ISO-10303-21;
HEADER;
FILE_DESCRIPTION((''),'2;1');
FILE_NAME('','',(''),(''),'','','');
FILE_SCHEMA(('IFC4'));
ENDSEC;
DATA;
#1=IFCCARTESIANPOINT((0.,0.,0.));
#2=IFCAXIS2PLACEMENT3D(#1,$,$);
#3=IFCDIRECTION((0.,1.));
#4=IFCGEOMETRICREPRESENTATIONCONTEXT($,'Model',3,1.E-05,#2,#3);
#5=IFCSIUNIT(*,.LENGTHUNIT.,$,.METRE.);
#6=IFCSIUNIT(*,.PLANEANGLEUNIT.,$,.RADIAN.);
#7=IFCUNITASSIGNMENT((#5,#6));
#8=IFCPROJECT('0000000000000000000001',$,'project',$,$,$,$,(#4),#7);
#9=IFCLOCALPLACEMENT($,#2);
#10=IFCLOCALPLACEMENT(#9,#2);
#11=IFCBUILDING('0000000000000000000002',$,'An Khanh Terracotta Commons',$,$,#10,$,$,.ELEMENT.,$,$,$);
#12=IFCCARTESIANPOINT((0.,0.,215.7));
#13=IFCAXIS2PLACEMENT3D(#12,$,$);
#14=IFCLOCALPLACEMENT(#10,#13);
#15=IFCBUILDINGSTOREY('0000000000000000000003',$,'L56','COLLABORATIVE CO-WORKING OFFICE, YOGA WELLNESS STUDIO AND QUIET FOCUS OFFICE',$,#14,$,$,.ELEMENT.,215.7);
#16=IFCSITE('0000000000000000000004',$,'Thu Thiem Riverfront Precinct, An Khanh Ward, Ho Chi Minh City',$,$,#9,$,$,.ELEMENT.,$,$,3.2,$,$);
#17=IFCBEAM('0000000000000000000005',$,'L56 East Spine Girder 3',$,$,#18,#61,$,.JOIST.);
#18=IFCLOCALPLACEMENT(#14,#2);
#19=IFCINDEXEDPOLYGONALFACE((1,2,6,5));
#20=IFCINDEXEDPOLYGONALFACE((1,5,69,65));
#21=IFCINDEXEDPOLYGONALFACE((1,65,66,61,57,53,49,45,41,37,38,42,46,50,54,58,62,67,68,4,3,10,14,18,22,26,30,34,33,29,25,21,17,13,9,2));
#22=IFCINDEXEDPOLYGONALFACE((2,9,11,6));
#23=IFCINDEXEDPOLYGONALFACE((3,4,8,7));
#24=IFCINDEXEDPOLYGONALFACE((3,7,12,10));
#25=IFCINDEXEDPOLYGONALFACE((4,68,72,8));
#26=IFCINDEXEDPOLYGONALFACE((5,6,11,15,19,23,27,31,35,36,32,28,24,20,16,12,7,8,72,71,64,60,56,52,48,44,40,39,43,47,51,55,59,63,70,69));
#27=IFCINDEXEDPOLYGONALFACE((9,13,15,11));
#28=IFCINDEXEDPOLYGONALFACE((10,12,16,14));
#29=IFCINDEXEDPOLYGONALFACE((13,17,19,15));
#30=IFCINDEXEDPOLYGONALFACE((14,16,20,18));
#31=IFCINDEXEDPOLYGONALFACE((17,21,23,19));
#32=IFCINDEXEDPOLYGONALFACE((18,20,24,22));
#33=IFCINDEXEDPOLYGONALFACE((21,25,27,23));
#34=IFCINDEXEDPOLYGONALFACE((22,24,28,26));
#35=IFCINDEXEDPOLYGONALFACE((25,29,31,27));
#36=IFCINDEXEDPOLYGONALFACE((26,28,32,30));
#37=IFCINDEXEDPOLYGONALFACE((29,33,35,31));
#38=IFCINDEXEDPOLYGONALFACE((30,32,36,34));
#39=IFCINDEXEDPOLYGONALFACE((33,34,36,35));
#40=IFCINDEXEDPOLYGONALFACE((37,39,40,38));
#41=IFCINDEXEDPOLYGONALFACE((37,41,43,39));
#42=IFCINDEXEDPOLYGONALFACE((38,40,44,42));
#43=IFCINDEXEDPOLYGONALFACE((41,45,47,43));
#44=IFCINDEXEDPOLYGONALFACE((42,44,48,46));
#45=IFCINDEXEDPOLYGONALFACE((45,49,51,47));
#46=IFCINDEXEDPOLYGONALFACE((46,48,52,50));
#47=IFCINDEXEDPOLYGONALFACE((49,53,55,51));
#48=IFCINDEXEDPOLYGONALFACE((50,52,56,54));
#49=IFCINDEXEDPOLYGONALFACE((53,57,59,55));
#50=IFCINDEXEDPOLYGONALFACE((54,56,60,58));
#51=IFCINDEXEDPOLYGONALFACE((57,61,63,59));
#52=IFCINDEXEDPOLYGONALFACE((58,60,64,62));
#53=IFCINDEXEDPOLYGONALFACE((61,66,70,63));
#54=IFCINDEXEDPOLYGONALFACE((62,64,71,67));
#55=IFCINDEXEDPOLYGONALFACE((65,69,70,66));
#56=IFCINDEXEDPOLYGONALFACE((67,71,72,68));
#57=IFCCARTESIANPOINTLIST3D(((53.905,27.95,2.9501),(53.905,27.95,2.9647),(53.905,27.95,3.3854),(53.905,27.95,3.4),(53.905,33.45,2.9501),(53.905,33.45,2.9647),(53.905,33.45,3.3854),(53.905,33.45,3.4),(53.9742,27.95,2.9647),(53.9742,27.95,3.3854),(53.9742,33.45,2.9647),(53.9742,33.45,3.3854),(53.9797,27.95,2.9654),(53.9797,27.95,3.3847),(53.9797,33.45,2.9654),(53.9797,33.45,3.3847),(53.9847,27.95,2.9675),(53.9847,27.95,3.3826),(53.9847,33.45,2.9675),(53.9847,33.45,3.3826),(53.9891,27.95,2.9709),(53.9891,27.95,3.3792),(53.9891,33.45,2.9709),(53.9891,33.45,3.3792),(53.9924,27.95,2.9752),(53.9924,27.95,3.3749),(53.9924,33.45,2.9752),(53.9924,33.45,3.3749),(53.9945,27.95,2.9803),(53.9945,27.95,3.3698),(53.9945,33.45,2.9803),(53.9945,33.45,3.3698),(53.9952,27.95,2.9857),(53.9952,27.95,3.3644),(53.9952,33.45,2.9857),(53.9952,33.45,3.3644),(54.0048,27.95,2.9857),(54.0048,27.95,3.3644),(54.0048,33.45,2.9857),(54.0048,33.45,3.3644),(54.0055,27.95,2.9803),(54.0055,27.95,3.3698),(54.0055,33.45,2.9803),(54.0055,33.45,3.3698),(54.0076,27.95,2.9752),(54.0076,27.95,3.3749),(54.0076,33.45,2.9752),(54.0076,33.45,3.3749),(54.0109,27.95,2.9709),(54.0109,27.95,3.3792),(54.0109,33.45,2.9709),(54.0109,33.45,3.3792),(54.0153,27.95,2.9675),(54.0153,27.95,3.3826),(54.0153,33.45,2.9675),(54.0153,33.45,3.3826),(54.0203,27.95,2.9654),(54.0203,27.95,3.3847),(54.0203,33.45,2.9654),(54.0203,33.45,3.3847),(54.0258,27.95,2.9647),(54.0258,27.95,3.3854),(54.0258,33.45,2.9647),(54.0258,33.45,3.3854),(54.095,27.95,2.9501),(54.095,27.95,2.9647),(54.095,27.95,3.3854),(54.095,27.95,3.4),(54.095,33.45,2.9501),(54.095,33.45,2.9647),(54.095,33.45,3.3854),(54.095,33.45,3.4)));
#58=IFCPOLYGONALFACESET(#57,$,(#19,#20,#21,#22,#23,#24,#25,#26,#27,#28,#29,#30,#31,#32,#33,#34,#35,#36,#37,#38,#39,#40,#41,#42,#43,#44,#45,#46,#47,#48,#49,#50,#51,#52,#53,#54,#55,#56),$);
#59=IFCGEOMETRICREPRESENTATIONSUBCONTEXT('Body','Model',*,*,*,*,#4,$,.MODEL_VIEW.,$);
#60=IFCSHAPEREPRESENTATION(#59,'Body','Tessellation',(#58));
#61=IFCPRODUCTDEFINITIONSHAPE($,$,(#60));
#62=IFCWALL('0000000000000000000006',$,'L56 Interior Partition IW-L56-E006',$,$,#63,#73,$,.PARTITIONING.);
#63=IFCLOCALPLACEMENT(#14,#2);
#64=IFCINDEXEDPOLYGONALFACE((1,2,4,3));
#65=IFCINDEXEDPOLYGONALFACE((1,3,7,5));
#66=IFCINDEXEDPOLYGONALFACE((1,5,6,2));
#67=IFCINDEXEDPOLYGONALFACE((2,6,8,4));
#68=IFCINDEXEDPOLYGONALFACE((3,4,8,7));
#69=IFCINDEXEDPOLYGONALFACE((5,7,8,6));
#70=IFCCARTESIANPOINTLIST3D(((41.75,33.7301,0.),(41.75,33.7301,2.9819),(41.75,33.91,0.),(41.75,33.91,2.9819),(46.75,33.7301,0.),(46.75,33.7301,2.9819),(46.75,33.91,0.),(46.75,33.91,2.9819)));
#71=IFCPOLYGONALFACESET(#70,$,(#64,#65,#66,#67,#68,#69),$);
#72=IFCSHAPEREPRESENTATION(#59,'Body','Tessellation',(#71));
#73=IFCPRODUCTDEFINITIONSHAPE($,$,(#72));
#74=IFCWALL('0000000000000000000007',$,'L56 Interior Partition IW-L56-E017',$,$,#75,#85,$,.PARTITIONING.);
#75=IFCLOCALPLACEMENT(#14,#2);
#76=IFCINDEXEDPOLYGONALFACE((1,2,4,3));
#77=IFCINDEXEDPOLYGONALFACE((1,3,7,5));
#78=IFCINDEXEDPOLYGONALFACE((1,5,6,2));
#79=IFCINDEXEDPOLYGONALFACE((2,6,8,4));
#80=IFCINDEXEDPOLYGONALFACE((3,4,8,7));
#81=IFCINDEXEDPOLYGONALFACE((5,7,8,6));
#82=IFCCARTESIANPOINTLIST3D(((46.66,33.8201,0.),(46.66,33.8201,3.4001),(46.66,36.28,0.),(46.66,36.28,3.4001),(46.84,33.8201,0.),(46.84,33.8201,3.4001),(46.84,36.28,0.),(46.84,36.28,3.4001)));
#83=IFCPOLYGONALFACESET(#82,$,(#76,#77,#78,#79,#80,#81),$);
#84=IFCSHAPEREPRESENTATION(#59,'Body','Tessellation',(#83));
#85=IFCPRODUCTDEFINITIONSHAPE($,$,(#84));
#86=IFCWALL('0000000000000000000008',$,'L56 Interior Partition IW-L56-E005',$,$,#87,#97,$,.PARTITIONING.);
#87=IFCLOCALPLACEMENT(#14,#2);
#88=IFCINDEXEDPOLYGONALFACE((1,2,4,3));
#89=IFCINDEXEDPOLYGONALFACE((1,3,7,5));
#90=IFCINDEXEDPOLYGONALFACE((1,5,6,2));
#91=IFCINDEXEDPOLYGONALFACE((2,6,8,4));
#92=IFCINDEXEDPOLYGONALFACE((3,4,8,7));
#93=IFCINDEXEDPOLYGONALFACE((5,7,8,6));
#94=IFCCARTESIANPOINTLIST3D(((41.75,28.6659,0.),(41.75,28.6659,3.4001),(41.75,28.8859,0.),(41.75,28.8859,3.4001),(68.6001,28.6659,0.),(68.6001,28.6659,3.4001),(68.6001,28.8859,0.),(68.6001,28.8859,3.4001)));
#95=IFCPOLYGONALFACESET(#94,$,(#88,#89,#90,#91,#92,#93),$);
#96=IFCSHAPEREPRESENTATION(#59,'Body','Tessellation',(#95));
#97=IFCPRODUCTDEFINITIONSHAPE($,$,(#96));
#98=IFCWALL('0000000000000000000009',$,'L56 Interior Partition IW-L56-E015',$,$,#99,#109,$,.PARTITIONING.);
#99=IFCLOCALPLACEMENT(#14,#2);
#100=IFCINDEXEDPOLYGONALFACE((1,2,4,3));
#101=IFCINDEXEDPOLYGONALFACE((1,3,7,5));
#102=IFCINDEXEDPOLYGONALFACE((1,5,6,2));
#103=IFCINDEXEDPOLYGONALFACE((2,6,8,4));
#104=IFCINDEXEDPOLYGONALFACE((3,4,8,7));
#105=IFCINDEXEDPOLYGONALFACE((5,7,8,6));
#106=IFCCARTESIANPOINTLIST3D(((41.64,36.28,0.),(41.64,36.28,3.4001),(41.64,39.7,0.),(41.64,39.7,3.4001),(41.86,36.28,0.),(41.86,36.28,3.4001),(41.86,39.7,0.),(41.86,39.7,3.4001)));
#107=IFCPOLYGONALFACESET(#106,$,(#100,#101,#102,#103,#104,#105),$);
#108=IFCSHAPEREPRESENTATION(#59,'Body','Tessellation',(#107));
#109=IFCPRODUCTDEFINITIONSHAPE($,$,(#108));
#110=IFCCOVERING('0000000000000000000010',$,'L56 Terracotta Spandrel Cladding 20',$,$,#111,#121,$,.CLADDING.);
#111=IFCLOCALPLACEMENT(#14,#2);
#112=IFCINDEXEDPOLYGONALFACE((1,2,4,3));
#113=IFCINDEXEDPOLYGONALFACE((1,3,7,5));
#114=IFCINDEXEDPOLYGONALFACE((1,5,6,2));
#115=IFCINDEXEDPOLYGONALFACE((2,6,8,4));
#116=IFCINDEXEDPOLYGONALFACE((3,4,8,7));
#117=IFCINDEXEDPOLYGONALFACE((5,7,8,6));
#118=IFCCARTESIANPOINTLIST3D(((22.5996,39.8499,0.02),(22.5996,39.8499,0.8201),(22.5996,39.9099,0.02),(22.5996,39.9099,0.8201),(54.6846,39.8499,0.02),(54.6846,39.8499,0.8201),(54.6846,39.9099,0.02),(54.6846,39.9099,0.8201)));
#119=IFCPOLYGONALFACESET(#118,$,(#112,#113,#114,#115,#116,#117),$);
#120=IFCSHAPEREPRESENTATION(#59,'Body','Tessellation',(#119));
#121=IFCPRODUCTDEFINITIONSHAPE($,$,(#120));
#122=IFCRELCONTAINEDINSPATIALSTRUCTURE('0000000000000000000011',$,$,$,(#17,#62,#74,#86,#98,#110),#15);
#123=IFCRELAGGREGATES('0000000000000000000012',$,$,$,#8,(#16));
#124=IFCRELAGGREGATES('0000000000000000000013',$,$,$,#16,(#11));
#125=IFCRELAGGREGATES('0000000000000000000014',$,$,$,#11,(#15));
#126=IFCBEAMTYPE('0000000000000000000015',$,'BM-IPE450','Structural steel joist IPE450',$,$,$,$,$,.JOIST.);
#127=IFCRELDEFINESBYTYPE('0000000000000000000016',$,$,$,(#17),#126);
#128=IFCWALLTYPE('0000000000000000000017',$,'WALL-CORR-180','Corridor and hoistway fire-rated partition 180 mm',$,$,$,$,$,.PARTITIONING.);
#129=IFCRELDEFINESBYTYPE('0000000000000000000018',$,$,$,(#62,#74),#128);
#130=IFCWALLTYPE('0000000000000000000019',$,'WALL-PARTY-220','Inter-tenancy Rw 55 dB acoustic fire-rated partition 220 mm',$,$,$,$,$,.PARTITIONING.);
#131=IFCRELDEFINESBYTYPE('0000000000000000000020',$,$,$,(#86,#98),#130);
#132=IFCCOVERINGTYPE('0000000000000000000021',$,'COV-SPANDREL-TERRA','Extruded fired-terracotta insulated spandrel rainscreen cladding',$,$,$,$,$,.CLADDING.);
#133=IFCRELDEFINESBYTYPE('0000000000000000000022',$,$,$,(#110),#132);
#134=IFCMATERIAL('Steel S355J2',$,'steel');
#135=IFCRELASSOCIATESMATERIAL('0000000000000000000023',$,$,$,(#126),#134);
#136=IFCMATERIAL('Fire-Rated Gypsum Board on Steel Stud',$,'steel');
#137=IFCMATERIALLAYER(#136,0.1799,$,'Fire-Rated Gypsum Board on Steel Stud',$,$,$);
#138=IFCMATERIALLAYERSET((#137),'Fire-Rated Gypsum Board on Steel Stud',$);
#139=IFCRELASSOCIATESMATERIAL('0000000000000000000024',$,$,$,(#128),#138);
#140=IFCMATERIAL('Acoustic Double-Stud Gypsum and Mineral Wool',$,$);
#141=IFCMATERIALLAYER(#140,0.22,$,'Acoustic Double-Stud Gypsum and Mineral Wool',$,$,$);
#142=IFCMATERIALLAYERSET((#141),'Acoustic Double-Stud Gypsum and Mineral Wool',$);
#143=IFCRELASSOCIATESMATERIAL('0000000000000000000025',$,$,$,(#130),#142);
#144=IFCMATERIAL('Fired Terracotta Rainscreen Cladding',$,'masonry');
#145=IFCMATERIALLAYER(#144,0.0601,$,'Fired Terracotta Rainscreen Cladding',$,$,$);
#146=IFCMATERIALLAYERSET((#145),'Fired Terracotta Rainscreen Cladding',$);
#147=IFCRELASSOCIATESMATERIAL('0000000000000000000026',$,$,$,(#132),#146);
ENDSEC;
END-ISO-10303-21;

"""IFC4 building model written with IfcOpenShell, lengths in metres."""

from ifc_helpers import new_model, si_unit, direction, frame, frame_2d, origin, origin_2d, place, context, subcontext, project, spatial, rectangle, i_section, extrude, material, layer, layer_set, material_profile, profile_set, type_object, element, save


model = new_model("IFC4")

# Units and contexts
model_context = context("Model", 3, precision=1e-05, world=origin(), true_north=direction((0.0, 1.0)))
body_context = subcontext(model_context, "Body", "Model", "MODEL_VIEW")
ifc_project = project(units=[si_unit("LENGTHUNIT", "METRE"), si_unit("PLANEANGLEUNIT", "RADIAN")], contexts=[model_context])

# Site, building, storey
site_placement = place(None, origin())
site = spatial("IfcSite", under=ifc_project, at=site_placement, Name="Thu Thiem Riverfront Precinct, An Khanh Ward, Ho Chi Minh City", CompositionType="ELEMENT", RefElevation=3.2)
building_placement = place(site_placement, origin())
building = spatial("IfcBuilding", under=site, at=building_placement, Name="An Khanh Terracotta Commons", CompositionType="ELEMENT")
storey_placement = place(building_placement, frame((0.0, 0.0, 215.7)))
storey = spatial("IfcBuildingStorey", under=building, at=storey_placement, Name="L56", Description="COLLABORATIVE CO-WORKING OFFICE, YOGA WELLNESS STUDIO AND QUIET FOCUS OFFICE", CompositionType="ELEMENT", Elevation=215.7)

# Beam
ifc_material_1 = material(Name="Steel S355J2", Category="steel")
ifc_material_profile_1 = material_profile(ifc_material_1, i_section(OverallWidth=0.1899, OverallDepth=0.45, WebThickness=0.0095, FlangeThickness=0.0146, FilletRadius=0.021, at=origin_2d()), Name="IPE450")
ifc_profile_set_1 = profile_set([ifc_material_profile_1], Name="Steel S355J2")
beam_type_1 = type_object("IfcBeamType", Name="BM-IPE450", Description="Structural steel joist IPE450", PredefinedType="JOIST", material=ifc_profile_set_1)
beam_1_placement = place(storey_placement, frame((54.0, 27.95, 3.175), z_axis=(0.0, 1.0, 0.0), x_axis=(-1.0, 0.0, 0.0)))
element("IfcBeam", 1, at=beam_1_placement, inside=storey, type_object=beam_type_1, Name="L56 East Spine Girder 3", PredefinedType="JOIST", context=body_context, shape_type="SweptSolid", body=[
    extrude(i_section(OverallWidth=0.1899, OverallDepth=0.45, WebThickness=0.0095, FlangeThickness=0.0146, FilletRadius=0.021, at=origin_2d()), origin(), (0.0, 0.0, 1.0), 5.5),
])

# Walls
ifc_material_2 = material(Name="Fire-Rated Gypsum Board on Steel Stud", Category="steel")
ifc_layer_1 = layer(ifc_material_2, 0.1799, Name="Fire-Rated Gypsum Board on Steel Stud")
ifc_layer_set_1 = layer_set([ifc_layer_1], Name="Fire-Rated Gypsum Board on Steel Stud")
wall_type_1 = type_object("IfcWallType", Name="WALL-CORR-180", Description="Corridor and hoistway fire-rated partition 180 mm", PredefinedType="PARTITIONING", material=ifc_layer_set_1)
wall_1_placement = place(storey_placement, frame((41.75, 33.8201, 0.0), z_axis=(0.0, 0.0, 1.0), x_axis=(1.0, 0.0, 0.0)))
element("IfcWall", 2, at=wall_1_placement, inside=storey, type_object=wall_type_1, Name="L56 Interior Partition IW-L56-E006", PredefinedType="PARTITIONING", context=body_context, shape_type="SweptSolid", body=[
    extrude(rectangle(XDim=5.0, YDim=0.1799, at=frame_2d((2.5, 0.0))), origin(), (0.0, 0.0, 1.0), 2.9819),
])
wall_2_placement = place(storey_placement, frame((46.75, 33.8201, 0.0), z_axis=(0.0, 0.0, 1.0), x_axis=(0.0, 1.0, 0.0)))
element("IfcWall", 3, at=wall_2_placement, inside=storey, type_object=wall_type_1, Name="L56 Interior Partition IW-L56-E017", PredefinedType="PARTITIONING", context=body_context, shape_type="SweptSolid", body=[
    extrude(rectangle(XDim=2.46, YDim=0.1799, at=frame_2d((1.23, 0.0))), origin(), (0.0, 0.0, 1.0), 3.4001),
])
ifc_material_3 = material(Name="Acoustic Double-Stud Gypsum and Mineral Wool")
ifc_layer_2 = layer(ifc_material_3, 0.22, Name="Acoustic Double-Stud Gypsum and Mineral Wool")
ifc_layer_set_2 = layer_set([ifc_layer_2], Name="Acoustic Double-Stud Gypsum and Mineral Wool")
wall_type_2 = type_object("IfcWallType", Name="WALL-PARTY-220", Description="Inter-tenancy Rw 55 dB acoustic fire-rated partition 220 mm", PredefinedType="PARTITIONING", material=ifc_layer_set_2)
wall_3_placement = place(storey_placement, frame((41.75, 28.7759, 0.0), z_axis=(0.0, 0.0, 1.0), x_axis=(1.0, 0.0, 0.0)))
element("IfcWall", 4, at=wall_3_placement, inside=storey, type_object=wall_type_2, Name="L56 Interior Partition IW-L56-E005", PredefinedType="PARTITIONING", context=body_context, shape_type="SweptSolid", body=[
    extrude(rectangle(XDim=26.8501, YDim=0.22, at=frame_2d((13.425, 0.0))), origin(), (0.0, 0.0, 1.0), 3.4001),
])
wall_4_placement = place(storey_placement, frame((41.75, 36.28, 0.0), z_axis=(0.0, 0.0, 1.0), x_axis=(0.0, 1.0, 0.0)))
element("IfcWall", 5, at=wall_4_placement, inside=storey, type_object=wall_type_2, Name="L56 Interior Partition IW-L56-E015", PredefinedType="PARTITIONING", context=body_context, shape_type="SweptSolid", body=[
    extrude(rectangle(XDim=3.4199, YDim=0.22, at=frame_2d((1.71, 0.0))), origin(), (0.0, 0.0, 1.0), 3.4001),
])

# Covering
ifc_material_4 = material(Name="Fired Terracotta Rainscreen Cladding", Category="masonry")
ifc_layer_3 = layer(ifc_material_4, 0.0601, Name="Fired Terracotta Rainscreen Cladding")
ifc_layer_set_3 = layer_set([ifc_layer_3], Name="Fired Terracotta Rainscreen Cladding")
covering_type = type_object("IfcCoveringType", Name="COV-SPANDREL-TERRA", Description="Extruded fired-terracotta insulated spandrel rainscreen cladding", PredefinedType="CLADDING", material=ifc_layer_set_3)
covering_placement = place(storey_placement, frame((38.6421, 39.8799, 0.02), z_axis=(0.0, 0.0, 1.0), x_axis=(-1.0, 0.0, 0.0)))
element("IfcCovering", 6, at=covering_placement, inside=storey, type_object=covering_type, Name="L56 Terracotta Spandrel Cladding 20", PredefinedType="CLADDING", context=body_context, shape_type="SweptSolid", body=[
    extrude(rectangle(XDim=32.085, YDim=0.0601, at=origin_2d()), origin(), (0.0, 0.0, 1.0), 0.8),
])

save(model, "model.ifc")
